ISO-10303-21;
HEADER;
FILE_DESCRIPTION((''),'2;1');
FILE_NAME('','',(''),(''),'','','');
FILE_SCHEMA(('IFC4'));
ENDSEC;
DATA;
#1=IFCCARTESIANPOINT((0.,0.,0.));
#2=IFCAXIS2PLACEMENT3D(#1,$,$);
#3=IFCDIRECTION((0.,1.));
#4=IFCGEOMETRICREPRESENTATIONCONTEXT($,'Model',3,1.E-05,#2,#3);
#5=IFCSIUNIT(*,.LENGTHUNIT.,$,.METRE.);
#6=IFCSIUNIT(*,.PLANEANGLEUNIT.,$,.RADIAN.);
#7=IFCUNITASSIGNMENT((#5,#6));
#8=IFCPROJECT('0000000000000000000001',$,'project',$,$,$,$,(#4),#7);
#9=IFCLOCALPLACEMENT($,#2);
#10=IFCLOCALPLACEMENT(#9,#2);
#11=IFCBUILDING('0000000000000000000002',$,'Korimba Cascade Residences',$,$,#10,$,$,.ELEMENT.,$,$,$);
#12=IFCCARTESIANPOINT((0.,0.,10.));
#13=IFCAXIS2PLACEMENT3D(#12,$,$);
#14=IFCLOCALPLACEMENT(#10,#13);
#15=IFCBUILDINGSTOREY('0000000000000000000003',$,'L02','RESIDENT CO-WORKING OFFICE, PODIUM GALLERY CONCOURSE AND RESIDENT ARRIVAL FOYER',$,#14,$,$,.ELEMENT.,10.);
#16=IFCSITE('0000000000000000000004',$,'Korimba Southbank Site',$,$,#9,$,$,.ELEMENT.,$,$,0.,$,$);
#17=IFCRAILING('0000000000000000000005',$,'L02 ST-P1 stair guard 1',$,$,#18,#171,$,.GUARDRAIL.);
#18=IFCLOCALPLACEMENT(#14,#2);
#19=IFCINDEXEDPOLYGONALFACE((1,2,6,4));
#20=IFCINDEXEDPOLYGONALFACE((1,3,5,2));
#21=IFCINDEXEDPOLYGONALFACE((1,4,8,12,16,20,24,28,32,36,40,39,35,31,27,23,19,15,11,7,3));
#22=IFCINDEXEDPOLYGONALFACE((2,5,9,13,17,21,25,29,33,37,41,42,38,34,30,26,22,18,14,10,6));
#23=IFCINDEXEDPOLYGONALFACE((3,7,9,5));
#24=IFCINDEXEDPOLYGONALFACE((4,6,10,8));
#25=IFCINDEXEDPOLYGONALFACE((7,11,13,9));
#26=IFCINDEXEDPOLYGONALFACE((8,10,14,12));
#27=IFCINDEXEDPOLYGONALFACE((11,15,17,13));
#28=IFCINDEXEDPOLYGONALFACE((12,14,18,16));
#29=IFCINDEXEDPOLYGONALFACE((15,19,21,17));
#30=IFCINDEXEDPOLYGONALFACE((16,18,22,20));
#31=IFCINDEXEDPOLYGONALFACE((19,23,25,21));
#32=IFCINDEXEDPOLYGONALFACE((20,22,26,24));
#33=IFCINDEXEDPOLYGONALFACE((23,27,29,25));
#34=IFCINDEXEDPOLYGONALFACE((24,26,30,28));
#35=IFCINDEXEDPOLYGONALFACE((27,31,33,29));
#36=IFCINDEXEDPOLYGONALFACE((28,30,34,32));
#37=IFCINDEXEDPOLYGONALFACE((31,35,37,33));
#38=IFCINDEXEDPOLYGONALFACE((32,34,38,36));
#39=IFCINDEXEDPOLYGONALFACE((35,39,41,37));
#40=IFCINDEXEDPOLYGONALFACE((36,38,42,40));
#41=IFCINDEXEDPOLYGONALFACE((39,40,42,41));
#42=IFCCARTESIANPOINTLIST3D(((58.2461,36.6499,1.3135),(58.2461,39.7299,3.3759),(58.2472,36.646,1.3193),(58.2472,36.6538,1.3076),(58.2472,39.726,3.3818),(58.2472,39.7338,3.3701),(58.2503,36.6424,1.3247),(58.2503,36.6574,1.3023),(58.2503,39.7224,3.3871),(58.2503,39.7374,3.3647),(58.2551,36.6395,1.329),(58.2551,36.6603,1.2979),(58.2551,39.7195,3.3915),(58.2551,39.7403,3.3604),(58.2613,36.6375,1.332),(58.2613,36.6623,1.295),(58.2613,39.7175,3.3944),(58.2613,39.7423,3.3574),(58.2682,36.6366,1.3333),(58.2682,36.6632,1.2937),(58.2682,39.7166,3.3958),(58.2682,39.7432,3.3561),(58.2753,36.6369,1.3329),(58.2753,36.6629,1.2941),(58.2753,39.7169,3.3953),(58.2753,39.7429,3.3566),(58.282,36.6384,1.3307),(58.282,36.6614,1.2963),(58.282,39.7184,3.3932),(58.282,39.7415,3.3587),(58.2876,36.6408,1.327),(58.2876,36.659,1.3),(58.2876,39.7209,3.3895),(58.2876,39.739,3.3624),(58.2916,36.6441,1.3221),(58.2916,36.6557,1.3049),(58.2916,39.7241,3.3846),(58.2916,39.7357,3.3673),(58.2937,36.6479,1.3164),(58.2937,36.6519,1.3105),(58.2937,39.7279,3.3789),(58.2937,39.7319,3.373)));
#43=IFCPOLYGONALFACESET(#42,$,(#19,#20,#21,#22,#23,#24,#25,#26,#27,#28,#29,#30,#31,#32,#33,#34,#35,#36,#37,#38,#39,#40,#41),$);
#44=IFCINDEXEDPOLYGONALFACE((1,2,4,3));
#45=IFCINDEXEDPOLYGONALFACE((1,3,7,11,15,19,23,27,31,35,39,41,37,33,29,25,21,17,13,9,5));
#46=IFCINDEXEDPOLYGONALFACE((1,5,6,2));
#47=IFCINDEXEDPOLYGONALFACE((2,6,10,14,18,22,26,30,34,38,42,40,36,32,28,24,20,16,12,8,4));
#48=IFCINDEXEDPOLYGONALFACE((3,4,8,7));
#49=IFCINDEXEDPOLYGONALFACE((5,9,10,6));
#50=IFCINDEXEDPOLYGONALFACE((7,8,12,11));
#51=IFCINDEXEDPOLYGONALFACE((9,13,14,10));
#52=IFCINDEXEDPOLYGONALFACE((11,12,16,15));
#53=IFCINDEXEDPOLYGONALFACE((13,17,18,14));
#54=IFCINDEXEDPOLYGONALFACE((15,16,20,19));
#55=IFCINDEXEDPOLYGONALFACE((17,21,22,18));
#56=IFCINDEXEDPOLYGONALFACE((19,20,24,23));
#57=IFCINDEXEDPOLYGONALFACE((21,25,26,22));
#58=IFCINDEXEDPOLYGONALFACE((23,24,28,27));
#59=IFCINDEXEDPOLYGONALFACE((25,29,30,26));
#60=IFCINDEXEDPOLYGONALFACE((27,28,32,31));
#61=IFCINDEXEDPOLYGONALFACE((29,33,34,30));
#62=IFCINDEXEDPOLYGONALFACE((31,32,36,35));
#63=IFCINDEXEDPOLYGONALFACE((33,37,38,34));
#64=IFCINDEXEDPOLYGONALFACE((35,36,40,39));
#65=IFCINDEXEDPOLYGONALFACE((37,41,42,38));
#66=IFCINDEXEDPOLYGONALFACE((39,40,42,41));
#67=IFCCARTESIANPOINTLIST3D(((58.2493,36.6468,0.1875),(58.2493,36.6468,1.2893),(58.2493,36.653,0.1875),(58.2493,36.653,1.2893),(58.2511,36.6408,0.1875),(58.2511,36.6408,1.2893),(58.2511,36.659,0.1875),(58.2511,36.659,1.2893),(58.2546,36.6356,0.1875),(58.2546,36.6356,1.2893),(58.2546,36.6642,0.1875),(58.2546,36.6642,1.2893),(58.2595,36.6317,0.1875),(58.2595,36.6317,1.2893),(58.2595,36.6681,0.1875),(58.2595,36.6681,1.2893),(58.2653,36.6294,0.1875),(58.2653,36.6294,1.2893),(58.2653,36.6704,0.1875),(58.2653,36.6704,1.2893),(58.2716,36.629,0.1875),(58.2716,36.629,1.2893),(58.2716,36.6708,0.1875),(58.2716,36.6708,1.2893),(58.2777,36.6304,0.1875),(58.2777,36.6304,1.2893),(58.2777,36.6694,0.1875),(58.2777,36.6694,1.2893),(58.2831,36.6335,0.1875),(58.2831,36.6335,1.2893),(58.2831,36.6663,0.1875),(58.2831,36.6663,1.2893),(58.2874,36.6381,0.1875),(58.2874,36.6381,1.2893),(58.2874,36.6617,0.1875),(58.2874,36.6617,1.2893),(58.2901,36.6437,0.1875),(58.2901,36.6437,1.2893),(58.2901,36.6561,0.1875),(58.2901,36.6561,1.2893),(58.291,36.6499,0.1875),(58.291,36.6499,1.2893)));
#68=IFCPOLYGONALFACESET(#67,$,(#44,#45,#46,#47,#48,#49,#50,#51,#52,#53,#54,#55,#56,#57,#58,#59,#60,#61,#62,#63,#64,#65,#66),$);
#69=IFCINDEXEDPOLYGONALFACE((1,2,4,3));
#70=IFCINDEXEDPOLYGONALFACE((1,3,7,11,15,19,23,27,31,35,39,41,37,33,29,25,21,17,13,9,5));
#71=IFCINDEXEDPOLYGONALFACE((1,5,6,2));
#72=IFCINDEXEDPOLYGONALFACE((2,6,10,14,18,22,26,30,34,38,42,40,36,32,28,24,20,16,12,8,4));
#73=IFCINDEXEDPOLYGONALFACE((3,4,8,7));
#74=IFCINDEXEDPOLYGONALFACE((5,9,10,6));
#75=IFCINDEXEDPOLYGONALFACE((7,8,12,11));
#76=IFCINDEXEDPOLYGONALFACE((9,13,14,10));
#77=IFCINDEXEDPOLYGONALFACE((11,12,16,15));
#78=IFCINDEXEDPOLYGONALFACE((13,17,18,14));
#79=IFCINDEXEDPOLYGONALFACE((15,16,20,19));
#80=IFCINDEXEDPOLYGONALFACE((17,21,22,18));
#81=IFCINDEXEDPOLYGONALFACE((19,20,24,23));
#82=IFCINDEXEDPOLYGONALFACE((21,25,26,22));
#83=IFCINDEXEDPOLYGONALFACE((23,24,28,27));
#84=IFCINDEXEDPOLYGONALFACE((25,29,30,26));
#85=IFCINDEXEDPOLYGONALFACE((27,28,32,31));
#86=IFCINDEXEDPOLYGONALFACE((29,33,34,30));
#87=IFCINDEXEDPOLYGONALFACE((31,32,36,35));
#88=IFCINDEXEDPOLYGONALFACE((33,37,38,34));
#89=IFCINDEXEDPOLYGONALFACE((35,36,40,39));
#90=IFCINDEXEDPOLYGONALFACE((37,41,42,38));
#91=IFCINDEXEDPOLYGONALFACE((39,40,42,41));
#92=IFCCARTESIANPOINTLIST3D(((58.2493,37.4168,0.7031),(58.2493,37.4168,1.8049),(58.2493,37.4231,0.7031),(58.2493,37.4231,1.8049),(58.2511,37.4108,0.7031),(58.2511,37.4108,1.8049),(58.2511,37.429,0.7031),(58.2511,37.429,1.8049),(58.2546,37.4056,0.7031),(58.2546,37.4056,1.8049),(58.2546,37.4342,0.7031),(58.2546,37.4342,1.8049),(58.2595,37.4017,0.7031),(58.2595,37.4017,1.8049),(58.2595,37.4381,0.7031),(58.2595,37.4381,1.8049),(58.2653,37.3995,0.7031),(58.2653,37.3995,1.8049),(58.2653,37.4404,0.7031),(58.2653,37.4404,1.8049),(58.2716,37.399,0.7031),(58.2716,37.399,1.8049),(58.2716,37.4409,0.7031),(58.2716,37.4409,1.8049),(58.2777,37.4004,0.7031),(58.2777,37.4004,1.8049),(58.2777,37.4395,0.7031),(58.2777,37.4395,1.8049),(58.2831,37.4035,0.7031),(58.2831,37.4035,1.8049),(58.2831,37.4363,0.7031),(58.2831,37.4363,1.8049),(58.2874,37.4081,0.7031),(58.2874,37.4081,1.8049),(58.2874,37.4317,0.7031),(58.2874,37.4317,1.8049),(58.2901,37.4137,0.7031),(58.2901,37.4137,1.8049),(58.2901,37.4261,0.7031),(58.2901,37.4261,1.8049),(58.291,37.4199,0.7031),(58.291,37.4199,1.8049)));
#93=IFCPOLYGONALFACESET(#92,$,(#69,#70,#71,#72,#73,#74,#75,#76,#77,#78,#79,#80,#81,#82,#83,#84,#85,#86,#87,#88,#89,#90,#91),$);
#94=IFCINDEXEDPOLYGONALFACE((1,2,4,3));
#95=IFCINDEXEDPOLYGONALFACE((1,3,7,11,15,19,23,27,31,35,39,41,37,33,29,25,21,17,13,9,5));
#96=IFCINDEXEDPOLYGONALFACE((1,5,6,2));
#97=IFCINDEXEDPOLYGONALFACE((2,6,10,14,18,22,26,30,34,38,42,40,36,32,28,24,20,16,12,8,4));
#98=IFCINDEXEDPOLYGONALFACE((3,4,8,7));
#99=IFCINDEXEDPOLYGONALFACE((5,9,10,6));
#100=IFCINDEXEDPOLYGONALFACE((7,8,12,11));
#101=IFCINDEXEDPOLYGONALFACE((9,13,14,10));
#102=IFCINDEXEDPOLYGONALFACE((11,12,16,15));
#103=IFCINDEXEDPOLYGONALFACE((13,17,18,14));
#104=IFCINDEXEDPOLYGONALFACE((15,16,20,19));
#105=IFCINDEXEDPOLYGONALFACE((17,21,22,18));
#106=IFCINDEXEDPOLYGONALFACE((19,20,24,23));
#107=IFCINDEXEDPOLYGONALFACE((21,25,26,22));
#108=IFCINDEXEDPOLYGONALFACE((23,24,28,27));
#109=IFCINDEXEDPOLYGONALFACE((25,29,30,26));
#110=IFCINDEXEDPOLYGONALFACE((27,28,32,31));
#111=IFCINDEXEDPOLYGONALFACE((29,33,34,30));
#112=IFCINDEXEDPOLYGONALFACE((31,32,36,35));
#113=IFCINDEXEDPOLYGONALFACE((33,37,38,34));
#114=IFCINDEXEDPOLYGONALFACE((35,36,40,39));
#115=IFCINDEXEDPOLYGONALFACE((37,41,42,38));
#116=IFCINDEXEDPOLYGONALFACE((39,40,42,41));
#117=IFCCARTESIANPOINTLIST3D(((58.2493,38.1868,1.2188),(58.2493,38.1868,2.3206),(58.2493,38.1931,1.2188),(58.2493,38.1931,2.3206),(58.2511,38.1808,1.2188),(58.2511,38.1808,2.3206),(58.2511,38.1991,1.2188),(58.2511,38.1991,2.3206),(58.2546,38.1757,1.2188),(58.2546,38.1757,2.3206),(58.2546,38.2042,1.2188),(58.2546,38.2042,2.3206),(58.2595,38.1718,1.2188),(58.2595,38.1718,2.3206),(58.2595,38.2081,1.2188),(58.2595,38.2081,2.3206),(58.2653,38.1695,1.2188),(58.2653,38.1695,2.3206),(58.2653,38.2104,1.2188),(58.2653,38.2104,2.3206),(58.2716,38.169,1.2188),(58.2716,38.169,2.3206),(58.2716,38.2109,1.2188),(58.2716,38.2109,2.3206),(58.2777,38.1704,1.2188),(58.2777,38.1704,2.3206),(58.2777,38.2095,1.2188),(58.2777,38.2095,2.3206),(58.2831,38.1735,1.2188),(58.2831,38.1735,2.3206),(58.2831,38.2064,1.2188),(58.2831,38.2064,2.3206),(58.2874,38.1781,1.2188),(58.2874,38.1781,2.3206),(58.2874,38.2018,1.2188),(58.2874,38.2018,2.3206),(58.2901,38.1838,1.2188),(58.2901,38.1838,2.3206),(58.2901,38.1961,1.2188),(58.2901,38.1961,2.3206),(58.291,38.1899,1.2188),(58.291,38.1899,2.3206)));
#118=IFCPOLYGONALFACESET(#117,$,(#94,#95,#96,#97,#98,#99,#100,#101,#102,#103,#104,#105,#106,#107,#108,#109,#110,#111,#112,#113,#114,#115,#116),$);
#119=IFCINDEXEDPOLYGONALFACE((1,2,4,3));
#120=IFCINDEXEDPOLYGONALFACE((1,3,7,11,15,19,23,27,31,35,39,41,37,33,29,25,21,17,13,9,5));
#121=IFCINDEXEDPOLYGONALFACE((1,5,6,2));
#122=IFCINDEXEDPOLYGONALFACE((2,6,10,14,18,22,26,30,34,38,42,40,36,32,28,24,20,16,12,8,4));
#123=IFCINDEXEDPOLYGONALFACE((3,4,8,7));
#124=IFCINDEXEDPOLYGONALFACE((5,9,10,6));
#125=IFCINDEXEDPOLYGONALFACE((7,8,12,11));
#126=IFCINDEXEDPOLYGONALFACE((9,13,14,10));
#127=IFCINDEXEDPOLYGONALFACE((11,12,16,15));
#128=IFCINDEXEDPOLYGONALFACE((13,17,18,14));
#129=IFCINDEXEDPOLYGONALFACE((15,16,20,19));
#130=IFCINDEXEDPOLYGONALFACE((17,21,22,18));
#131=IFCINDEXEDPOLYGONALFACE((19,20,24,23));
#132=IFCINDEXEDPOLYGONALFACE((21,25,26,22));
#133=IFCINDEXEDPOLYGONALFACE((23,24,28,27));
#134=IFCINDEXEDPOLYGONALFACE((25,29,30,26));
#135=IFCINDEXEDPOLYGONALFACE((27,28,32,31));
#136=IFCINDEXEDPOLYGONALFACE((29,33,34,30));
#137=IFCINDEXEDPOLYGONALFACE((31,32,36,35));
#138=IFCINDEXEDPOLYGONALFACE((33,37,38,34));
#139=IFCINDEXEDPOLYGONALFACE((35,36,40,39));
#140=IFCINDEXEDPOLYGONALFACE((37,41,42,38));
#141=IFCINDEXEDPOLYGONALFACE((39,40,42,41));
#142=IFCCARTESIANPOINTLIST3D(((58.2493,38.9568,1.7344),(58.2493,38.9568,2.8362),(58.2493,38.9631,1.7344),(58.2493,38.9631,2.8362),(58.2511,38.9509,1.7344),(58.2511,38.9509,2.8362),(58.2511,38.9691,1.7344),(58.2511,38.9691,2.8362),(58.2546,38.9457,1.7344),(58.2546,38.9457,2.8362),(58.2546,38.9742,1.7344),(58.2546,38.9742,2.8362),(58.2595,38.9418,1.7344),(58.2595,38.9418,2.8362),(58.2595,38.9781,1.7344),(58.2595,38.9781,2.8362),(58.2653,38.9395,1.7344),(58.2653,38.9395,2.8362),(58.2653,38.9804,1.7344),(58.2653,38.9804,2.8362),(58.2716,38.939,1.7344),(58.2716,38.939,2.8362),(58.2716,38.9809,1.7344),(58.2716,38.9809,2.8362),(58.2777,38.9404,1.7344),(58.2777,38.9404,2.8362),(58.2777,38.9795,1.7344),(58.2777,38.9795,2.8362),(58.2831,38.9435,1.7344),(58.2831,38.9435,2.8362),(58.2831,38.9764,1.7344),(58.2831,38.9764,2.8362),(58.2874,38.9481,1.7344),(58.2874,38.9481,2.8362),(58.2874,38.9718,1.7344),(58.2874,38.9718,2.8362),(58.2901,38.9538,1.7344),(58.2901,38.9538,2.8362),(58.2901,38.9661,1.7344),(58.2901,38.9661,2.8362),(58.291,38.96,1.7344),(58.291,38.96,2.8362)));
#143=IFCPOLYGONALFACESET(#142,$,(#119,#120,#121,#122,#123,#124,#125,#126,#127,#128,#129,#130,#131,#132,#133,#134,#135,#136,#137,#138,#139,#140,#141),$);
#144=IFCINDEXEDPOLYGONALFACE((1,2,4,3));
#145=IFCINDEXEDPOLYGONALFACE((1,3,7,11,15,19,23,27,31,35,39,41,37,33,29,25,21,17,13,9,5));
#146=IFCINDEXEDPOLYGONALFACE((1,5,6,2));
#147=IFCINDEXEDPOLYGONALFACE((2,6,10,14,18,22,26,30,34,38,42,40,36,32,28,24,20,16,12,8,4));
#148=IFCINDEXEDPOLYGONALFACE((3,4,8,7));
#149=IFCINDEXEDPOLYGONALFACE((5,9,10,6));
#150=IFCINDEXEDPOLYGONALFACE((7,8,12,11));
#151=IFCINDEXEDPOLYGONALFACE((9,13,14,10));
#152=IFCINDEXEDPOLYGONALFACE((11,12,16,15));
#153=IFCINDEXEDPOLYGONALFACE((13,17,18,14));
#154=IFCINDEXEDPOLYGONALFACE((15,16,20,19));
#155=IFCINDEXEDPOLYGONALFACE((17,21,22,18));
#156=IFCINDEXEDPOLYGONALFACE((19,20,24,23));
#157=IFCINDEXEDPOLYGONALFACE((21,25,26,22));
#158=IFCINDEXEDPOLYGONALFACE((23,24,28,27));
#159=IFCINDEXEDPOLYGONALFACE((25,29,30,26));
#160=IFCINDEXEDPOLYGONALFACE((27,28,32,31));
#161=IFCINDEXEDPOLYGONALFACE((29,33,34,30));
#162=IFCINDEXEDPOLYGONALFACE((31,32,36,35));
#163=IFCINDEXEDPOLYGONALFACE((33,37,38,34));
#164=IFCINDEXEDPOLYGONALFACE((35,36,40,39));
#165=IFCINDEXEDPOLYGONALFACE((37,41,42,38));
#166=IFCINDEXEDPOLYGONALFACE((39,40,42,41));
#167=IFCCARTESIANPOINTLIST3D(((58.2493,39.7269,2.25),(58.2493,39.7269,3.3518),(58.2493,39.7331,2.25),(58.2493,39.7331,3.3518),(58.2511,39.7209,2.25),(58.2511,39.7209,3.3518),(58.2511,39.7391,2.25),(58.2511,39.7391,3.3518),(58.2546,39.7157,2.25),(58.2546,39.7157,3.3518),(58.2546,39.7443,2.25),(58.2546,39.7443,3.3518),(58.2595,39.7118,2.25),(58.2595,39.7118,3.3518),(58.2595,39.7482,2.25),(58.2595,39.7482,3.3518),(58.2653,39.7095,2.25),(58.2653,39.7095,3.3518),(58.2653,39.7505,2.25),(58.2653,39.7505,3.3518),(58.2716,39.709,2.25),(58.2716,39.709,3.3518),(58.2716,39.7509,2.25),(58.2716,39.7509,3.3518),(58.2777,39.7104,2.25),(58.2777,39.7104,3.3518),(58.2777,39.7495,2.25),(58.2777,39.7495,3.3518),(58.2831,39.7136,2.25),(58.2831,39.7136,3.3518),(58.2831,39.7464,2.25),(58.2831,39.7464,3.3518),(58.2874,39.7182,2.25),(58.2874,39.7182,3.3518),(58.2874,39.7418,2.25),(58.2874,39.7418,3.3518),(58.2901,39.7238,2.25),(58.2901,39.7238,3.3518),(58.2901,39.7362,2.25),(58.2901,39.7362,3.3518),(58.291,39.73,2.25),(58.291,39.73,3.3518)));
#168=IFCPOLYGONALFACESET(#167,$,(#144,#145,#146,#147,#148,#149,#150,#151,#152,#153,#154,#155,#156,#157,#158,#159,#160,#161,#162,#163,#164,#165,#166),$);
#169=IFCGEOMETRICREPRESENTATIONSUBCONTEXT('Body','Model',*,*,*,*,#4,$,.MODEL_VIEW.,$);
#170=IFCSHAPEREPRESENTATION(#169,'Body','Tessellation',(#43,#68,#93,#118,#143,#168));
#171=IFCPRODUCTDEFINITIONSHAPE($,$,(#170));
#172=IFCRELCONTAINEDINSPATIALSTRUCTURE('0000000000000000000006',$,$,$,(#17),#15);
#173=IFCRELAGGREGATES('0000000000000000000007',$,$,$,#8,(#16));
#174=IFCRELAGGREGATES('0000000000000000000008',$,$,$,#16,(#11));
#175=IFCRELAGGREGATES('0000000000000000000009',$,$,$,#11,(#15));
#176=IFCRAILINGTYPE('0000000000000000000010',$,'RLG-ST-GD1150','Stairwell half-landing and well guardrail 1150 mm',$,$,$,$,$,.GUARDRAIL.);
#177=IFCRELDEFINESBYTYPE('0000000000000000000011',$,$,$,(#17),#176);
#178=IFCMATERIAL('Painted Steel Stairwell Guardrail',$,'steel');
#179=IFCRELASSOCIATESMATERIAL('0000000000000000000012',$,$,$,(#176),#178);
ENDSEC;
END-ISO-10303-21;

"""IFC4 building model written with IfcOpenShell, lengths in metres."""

from ifc_helpers import new_model, si_unit, direction, frame, origin, origin_2d, place, context, subcontext, project, spatial, circle, extrude, material, type_object, element, save


model = new_model("IFC4")

# Units and contexts
model_context = context("Model", 3, precision=1e-05, world=origin(), true_north=direction((0.0, 1.0)))
body_context = subcontext(model_context, "Body", "Model", "MODEL_VIEW")
ifc_project = project(units=[si_unit("LENGTHUNIT", "METRE"), si_unit("PLANEANGLEUNIT", "RADIAN")], contexts=[model_context])

# Site, building, storey
site_placement = place(None, origin())
site = spatial("IfcSite", under=ifc_project, at=site_placement, Name="Korimba Southbank Site", CompositionType="ELEMENT", RefElevation=0.0)
building_placement = place(site_placement, origin())
building = spatial("IfcBuilding", under=site, at=building_placement, Name="Korimba Cascade Residences", CompositionType="ELEMENT")
storey_placement = place(building_placement, frame((0.0, 0.0, 10.0)))
storey = spatial("IfcBuildingStorey", under=building, at=storey_placement, Name="L02", Description="RESIDENT CO-WORKING OFFICE, PODIUM GALLERY CONCOURSE AND RESIDENT ARRIVAL FOYER", CompositionType="ELEMENT", Elevation=10.0)

# Railing
ifc_material_1 = material(Name="Painted Steel Stairwell Guardrail", Category="steel")
railing_type_1 = type_object("IfcRailingType", Name="RLG-ST-GD1150", Description="Stairwell half-landing and well guardrail 1150 mm", PredefinedType="GUARDRAIL", material=ifc_material_1)
railing_1_placement = place(storey_placement, frame((58.27, 36.6499, 0.1875)))
element("IfcRailing", 1, at=railing_1_placement, inside=storey, type_object=railing_type_1, Name="L02 ST-P1 stair guard 1", PredefinedType="GUARDRAIL", context=body_context, shape_type="SweptSolid", body=[
    extrude(circle(Radius=0.0239, at=origin_2d()), frame((0.0, 0.0, 1.126), z_axis=(0.0, 0.830914, 0.556401), x_axis=(-1.0, 0.0, 0.0)), (0.0, 0.0, 1.0), 3.7068),
    extrude(circle(Radius=0.021, at=origin_2d()), origin(), (0.0, 0.0, 1.0), 1.1018),
    extrude(circle(Radius=0.021, at=origin_2d()), frame((0.0, 0.77, 0.5156)), (0.0, 0.0, 1.0), 1.1018),
    extrude(circle(Radius=0.021, at=origin_2d()), frame((0.0, 1.54, 1.0312)), (0.0, 0.0, 1.0), 1.1018),
    extrude(circle(Radius=0.021, at=origin_2d()), frame((0.0, 2.3101, 1.5469)), (0.0, 0.0, 1.0), 1.1018),
    extrude(circle(Radius=0.021, at=origin_2d()), frame((0.0, 3.0801, 2.0625)), (0.0, 0.0, 1.0), 1.1018),
])

save(model, "model.ifc")
